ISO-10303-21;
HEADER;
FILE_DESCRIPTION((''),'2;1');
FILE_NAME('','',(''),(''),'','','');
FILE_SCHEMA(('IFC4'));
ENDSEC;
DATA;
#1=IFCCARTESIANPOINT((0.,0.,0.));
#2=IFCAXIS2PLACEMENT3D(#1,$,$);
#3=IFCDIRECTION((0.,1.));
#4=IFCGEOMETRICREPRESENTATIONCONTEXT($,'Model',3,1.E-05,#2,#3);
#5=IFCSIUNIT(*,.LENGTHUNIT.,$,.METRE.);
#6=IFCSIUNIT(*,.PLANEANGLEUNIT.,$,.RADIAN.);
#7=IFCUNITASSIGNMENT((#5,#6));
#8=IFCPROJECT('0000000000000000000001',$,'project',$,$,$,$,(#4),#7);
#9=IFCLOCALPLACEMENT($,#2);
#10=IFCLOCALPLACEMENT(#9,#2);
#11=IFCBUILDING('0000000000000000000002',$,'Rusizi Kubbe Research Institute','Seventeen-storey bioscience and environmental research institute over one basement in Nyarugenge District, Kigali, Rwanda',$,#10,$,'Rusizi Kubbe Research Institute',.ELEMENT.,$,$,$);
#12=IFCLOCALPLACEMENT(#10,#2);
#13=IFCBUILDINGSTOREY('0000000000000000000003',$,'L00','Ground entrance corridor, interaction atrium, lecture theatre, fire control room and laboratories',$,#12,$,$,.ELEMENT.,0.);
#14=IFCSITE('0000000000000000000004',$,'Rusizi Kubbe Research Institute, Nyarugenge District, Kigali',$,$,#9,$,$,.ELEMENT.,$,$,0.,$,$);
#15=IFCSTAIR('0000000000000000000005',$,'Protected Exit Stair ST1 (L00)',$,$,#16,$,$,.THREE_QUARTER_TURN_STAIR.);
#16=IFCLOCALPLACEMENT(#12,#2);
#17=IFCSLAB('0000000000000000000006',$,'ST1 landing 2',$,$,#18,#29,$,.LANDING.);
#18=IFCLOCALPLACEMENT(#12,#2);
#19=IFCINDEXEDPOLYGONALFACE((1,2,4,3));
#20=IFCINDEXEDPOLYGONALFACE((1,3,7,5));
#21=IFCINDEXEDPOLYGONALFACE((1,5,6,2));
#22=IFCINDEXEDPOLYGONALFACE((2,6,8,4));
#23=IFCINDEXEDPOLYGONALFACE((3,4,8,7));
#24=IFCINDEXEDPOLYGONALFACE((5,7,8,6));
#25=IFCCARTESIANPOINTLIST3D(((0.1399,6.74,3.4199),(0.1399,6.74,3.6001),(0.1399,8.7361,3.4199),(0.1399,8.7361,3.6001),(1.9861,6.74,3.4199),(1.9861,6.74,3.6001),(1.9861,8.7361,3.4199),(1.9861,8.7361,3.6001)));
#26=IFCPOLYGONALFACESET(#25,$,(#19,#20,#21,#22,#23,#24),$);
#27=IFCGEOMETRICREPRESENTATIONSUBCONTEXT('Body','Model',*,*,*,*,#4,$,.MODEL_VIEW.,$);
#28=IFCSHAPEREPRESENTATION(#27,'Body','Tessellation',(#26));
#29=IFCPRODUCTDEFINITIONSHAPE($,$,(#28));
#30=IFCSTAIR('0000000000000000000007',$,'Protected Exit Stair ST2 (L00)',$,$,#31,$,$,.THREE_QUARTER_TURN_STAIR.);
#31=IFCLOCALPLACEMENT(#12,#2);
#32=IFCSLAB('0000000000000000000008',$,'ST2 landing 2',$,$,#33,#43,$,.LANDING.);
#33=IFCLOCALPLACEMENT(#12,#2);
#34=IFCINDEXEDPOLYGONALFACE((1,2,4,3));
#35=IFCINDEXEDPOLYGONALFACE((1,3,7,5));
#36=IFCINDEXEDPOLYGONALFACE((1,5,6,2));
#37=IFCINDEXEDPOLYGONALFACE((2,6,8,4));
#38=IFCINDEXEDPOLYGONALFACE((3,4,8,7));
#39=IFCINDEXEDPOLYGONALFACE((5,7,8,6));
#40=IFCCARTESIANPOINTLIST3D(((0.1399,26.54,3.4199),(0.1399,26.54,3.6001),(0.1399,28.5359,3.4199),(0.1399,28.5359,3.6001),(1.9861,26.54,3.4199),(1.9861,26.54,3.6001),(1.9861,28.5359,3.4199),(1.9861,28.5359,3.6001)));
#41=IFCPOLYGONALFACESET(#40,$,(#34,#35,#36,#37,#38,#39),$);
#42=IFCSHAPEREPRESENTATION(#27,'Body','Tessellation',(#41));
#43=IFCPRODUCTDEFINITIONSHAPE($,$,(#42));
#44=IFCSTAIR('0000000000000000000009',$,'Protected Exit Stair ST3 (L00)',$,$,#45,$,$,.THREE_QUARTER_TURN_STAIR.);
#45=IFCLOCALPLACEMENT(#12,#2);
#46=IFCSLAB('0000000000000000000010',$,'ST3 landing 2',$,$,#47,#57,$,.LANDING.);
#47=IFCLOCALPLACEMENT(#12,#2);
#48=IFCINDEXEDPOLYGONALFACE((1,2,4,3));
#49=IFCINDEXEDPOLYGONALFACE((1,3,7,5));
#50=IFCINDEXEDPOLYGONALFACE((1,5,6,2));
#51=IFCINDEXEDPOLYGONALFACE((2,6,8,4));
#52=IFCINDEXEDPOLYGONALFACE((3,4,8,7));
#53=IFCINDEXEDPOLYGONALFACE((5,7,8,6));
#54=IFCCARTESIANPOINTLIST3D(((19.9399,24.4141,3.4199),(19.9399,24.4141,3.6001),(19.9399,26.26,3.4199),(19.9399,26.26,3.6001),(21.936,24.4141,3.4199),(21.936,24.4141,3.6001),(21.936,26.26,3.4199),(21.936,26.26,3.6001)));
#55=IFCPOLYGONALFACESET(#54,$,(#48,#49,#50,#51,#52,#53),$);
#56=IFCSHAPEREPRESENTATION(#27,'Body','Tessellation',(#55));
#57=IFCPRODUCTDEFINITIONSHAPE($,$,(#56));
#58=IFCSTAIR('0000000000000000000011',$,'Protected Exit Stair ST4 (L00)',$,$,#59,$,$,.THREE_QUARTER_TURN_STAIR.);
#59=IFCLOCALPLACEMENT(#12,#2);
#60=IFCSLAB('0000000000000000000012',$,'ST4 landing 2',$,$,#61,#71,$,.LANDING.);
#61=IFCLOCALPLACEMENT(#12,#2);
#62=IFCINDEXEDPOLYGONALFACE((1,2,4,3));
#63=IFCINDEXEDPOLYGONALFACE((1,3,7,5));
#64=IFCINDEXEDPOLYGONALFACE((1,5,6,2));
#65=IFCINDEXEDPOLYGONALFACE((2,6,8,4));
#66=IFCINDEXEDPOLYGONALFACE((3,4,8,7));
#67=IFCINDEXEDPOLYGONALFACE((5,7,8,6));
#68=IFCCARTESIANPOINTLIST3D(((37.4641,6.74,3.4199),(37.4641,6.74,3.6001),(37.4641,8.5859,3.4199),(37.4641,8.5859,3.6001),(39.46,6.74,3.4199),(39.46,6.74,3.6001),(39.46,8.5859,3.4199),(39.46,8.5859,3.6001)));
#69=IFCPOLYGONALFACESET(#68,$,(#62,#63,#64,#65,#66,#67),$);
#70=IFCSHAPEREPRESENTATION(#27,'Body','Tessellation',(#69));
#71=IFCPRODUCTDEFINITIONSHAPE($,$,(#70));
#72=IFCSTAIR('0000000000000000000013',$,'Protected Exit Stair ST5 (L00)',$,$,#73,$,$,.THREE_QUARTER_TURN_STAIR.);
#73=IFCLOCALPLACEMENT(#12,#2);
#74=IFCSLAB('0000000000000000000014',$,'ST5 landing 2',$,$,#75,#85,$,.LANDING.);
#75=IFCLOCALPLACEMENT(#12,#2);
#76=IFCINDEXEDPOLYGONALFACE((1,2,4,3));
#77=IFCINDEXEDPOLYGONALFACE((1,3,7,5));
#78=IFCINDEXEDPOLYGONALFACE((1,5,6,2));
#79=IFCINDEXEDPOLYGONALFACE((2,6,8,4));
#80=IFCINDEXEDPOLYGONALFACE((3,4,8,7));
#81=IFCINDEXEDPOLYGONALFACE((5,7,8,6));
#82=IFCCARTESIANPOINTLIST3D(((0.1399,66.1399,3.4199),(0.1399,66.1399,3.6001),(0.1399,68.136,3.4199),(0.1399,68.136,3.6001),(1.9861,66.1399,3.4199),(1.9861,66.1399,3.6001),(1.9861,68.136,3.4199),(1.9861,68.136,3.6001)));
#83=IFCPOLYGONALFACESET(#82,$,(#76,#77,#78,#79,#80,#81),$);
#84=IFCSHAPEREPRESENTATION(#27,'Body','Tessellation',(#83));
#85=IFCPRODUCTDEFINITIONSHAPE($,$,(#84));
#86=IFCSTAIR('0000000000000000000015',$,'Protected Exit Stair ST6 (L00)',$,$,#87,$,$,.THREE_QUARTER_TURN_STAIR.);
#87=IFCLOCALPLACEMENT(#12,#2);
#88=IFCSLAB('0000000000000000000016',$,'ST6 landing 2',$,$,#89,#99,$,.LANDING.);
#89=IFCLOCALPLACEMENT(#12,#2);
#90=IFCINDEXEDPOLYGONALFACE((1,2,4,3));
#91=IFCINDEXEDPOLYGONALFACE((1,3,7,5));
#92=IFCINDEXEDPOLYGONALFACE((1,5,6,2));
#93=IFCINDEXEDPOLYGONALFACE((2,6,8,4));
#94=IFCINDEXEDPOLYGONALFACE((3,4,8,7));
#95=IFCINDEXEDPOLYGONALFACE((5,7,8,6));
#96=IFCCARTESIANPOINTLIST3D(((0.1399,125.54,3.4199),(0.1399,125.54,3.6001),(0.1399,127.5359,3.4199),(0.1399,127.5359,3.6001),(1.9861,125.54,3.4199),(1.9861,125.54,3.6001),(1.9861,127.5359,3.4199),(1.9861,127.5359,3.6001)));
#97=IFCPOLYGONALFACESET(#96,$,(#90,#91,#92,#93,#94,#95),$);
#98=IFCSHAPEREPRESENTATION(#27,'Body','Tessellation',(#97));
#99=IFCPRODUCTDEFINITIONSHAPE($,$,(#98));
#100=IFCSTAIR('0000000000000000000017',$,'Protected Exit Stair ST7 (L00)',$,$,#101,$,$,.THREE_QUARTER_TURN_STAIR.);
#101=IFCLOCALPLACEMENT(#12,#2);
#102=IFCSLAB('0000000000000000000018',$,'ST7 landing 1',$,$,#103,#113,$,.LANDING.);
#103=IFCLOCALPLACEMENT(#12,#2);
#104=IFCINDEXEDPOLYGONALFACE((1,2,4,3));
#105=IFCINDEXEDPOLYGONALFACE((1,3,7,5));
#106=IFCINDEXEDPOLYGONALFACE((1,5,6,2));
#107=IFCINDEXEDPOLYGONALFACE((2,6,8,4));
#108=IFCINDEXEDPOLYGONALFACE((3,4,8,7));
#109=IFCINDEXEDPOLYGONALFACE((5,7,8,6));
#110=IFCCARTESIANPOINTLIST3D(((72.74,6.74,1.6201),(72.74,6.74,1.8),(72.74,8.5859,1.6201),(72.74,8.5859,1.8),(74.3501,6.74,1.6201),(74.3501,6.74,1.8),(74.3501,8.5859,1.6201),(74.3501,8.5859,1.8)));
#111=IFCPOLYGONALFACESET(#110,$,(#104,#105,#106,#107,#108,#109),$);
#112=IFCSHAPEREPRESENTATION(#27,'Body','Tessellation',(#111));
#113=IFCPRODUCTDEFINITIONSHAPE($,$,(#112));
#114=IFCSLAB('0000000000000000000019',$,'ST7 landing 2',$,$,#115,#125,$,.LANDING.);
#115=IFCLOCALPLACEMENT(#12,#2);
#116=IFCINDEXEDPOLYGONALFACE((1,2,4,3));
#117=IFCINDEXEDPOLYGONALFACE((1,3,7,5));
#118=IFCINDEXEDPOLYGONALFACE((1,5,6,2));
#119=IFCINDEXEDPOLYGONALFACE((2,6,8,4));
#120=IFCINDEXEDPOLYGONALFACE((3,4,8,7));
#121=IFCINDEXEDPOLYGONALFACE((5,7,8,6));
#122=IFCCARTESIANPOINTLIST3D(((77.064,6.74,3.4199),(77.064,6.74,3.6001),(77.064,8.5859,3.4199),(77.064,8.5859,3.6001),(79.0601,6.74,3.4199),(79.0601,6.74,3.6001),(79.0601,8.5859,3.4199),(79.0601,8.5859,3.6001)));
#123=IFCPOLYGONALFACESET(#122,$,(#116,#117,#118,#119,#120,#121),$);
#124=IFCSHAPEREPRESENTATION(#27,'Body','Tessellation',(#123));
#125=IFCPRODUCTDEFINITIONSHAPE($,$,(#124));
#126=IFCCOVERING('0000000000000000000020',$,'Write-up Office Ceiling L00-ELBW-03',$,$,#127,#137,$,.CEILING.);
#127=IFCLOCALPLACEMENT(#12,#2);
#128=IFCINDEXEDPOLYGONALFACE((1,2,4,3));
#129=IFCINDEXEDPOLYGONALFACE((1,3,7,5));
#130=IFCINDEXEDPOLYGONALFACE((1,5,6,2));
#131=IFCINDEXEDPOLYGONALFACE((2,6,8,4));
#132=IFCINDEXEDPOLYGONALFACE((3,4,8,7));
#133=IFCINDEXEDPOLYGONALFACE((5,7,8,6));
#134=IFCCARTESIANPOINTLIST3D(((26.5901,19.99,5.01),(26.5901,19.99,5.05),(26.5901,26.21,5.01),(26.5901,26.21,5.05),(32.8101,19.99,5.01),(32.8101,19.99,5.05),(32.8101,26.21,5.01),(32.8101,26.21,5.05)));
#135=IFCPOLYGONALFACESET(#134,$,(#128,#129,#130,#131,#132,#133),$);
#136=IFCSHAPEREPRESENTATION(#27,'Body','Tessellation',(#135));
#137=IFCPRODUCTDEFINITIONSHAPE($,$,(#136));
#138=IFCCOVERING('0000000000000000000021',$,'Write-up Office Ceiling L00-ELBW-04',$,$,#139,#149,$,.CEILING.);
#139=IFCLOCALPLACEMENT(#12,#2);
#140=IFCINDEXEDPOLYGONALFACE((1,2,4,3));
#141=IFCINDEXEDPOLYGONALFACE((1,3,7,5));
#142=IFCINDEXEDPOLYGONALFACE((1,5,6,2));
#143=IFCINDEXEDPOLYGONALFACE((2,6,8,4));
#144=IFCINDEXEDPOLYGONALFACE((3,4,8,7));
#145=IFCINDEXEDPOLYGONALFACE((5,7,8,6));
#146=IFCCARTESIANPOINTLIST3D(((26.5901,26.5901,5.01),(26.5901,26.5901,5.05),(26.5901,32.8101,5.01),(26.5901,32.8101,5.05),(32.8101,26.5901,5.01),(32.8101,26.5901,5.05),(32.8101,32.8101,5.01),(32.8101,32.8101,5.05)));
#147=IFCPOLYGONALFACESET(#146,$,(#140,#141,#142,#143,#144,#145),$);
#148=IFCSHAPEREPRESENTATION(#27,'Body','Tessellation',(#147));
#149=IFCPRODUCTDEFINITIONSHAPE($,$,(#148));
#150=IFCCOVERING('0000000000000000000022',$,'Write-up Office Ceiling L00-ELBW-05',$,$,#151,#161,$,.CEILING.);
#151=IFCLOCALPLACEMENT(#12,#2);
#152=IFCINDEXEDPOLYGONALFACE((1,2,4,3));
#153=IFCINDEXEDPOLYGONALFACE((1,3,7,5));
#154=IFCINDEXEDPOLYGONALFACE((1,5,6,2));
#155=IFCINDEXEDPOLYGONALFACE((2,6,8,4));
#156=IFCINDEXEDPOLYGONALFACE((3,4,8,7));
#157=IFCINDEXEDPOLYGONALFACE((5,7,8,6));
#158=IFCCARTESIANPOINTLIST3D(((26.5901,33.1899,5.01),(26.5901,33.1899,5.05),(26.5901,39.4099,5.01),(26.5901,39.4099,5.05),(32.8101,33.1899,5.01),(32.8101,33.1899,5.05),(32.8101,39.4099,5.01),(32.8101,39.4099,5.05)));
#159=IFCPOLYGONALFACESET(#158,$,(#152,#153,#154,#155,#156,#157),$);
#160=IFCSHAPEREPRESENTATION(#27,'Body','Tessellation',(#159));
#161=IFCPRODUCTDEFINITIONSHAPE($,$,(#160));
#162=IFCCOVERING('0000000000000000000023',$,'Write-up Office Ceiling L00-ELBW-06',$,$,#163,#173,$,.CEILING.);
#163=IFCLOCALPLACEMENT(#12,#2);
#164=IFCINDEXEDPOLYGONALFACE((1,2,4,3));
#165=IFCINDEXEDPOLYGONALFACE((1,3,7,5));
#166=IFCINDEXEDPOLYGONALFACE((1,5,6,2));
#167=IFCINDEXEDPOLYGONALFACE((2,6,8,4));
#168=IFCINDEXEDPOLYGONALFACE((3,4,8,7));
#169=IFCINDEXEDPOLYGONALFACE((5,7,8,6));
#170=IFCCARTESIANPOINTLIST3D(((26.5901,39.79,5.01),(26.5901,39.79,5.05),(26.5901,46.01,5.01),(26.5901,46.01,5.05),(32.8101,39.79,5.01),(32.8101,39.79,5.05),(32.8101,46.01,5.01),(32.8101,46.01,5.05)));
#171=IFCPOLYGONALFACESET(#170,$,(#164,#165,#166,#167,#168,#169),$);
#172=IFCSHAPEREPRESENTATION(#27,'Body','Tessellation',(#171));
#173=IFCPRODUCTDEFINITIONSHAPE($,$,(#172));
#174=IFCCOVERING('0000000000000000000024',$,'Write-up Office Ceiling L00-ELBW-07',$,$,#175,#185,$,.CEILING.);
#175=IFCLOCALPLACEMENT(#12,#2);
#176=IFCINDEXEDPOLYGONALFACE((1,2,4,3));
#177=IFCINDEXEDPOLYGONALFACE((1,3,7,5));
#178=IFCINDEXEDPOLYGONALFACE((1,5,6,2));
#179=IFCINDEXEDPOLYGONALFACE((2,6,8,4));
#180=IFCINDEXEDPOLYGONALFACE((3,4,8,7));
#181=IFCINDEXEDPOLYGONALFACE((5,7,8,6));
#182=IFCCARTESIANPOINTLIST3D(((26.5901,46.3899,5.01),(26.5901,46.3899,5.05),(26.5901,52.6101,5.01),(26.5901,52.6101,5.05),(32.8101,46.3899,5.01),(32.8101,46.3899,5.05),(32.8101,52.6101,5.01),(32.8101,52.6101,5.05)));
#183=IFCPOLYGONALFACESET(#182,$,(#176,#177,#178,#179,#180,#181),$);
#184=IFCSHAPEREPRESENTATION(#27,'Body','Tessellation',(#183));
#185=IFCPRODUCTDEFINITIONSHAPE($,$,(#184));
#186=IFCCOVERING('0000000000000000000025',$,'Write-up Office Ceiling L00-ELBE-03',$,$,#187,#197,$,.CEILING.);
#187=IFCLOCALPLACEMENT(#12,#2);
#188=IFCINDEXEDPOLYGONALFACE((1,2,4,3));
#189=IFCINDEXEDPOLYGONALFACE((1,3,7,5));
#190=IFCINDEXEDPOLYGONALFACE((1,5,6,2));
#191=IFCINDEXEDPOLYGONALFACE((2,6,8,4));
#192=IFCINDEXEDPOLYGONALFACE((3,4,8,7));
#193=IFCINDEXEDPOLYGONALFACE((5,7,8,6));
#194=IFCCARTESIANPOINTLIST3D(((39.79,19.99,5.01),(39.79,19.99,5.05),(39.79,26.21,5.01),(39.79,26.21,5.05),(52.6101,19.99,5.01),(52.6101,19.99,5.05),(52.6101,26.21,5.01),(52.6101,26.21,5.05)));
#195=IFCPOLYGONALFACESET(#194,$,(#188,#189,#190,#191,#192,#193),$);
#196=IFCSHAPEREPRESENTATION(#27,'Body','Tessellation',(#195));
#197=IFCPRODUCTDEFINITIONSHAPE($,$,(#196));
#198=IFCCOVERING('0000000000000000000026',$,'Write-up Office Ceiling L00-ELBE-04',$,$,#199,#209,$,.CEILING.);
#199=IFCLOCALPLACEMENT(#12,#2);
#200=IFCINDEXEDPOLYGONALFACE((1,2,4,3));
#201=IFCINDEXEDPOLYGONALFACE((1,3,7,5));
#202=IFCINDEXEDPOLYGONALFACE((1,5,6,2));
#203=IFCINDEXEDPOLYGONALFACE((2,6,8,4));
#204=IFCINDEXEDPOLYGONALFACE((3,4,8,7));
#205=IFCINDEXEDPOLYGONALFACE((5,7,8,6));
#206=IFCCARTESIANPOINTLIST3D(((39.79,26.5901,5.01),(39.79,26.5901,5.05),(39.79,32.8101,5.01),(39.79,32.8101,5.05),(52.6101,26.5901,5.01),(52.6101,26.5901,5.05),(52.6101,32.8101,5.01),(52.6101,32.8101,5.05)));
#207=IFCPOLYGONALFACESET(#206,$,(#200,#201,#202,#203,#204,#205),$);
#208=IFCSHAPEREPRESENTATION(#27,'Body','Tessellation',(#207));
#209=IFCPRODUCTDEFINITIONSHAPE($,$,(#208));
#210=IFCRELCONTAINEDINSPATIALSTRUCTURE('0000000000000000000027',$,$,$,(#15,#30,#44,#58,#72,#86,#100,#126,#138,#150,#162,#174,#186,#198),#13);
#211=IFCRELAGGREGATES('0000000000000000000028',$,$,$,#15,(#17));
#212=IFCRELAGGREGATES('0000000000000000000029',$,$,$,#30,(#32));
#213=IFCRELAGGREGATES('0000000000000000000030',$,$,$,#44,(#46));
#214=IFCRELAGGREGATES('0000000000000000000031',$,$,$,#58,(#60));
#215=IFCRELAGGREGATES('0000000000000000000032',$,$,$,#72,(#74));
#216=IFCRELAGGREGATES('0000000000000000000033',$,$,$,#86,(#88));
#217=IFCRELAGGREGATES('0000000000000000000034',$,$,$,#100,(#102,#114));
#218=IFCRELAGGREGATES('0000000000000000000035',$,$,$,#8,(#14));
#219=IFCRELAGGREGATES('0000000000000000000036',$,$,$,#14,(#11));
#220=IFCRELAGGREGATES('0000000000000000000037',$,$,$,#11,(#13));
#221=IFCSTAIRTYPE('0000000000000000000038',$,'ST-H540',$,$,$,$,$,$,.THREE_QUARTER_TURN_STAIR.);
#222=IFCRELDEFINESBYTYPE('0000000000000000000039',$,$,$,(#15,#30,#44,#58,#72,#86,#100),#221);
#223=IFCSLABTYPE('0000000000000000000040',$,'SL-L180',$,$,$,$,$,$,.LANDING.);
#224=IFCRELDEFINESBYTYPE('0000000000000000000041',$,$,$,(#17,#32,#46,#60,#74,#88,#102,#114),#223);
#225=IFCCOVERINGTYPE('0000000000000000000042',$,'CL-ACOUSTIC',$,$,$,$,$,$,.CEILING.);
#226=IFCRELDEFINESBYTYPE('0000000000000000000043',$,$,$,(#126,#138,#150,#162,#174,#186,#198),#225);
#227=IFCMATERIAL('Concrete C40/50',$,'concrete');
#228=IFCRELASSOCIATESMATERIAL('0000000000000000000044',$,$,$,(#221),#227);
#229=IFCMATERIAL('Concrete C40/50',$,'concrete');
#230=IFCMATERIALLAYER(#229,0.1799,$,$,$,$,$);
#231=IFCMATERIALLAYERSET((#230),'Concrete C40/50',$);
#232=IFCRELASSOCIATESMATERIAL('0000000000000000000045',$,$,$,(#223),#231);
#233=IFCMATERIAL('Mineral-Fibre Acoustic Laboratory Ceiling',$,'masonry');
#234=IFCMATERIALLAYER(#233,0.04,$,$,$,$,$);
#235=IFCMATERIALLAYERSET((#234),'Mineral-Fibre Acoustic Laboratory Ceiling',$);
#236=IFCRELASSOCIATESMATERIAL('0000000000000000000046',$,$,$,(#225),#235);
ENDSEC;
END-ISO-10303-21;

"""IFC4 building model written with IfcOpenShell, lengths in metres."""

from ifc_helpers import new_model, si_unit, direction, frame, origin, place, context, subcontext, project, spatial, polyline, outline, extrude, material, layer, layer_set, type_object, element, aggregate, save


model = new_model("IFC4")

# Units and contexts
model_context = context("Model", 3, precision=1e-05, world=origin(), true_north=direction((0.0, 1.0)))
body_context = subcontext(model_context, "Body", "Model", "MODEL_VIEW")
ifc_project = project(units=[si_unit("LENGTHUNIT", "METRE"), si_unit("PLANEANGLEUNIT", "RADIAN")], contexts=[model_context])

# Site, building, storey
site_placement = place(None, origin())
site = spatial("IfcSite", under=ifc_project, at=site_placement, Name="Rusizi Kubbe Research Institute, Nyarugenge District, Kigali", CompositionType="ELEMENT", RefElevation=0.0)
building_placement = place(site_placement, origin())
building = spatial("IfcBuilding", under=site, at=building_placement, Name="Rusizi Kubbe Research Institute", Description="Seventeen-storey bioscience and environmental research institute over one basement in Nyarugenge District, Kigali, Rwanda", LongName="Rusizi Kubbe Research Institute", CompositionType="ELEMENT")
storey_placement = place(building_placement, origin())
storey = spatial("IfcBuildingStorey", under=building, at=storey_placement, Name="L00", Description="Ground entrance corridor, interaction atrium, lecture theatre, fire control room and laboratories", CompositionType="ELEMENT", Elevation=0.0)

# Stairs, slabs
ifc_material_1 = material(Name="Concrete C40/50", Category="concrete")
stair_type = type_object("IfcStairType", Name="ST-H540", PredefinedType="THREE_QUARTER_TURN_STAIR", material=ifc_material_1)
stair_1_placement = place(storey_placement, origin())
stair_1 = element("IfcStair", 1, at=stair_1_placement, inside=storey, type_object=stair_type, Name="Protected Exit Stair ST1 (L00)", PredefinedType="THREE_QUARTER_TURN_STAIR")
ifc_material_2 = material(Name="Concrete C40/50", Category="concrete")
ifc_layer_1 = layer(ifc_material_2, 0.1799)
ifc_layer_set_1 = layer_set([ifc_layer_1], Name="Concrete C40/50")
slab_type = type_object("IfcSlabType", Name="SL-L180", PredefinedType="LANDING", material=ifc_layer_set_1)
slab_1_placement = place(storey_placement, frame((0.0, 0.0, 3.4199)))
slab_1 = element("IfcSlab", 2, at=slab_1_placement, type_object=slab_type, Name="ST1 landing 2", PredefinedType="LANDING", context=body_context, shape_type="SweptSolid", body=[
    extrude(outline(polyline([(1.9861, 8.7361), (0.1399, 8.7361), (0.1399, 6.74), (1.9861, 6.74), (1.9861, 8.7361)])), origin(), (0.0, 0.0, 1.0), 0.1802),
])
aggregate(stair_1, [slab_1])
stair_2_placement = place(storey_placement, origin())
stair_2 = element("IfcStair", 3, at=stair_2_placement, inside=storey, type_object=stair_type, Name="Protected Exit Stair ST2 (L00)", PredefinedType="THREE_QUARTER_TURN_STAIR")
slab_2_placement = place(storey_placement, frame((0.0, 0.0, 3.4199)))
slab_2 = element("IfcSlab", 4, at=slab_2_placement, type_object=slab_type, Name="ST2 landing 2", PredefinedType="LANDING", context=body_context, shape_type="SweptSolid", body=[
    extrude(outline(polyline([(1.9861, 28.5359), (0.1399, 28.5359), (0.1399, 26.54), (1.9861, 26.54), (1.9861, 28.5359)])), origin(), (0.0, 0.0, 1.0), 0.1802),
])
aggregate(stair_2, [slab_2])
stair_3_placement = place(storey_placement, origin())
stair_3 = element("IfcStair", 5, at=stair_3_placement, inside=storey, type_object=stair_type, Name="Protected Exit Stair ST3 (L00)", PredefinedType="THREE_QUARTER_TURN_STAIR")
slab_3_placement = place(storey_placement, frame((0.0, 0.0, 3.4199)))
slab_3 = element("IfcSlab", 6, at=slab_3_placement, type_object=slab_type, Name="ST3 landing 2", PredefinedType="LANDING", context=body_context, shape_type="SweptSolid", body=[
    extrude(outline(polyline([(21.936, 24.4141), (21.936, 26.26), (19.9399, 26.26), (19.9399, 24.4141), (21.936, 24.4141)])), origin(), (0.0, 0.0, 1.0), 0.1802),
])
aggregate(stair_3, [slab_3])
stair_4_placement = place(storey_placement, origin())
stair_4 = element("IfcStair", 7, at=stair_4_placement, inside=storey, type_object=stair_type, Name="Protected Exit Stair ST4 (L00)", PredefinedType="THREE_QUARTER_TURN_STAIR")
slab_4_placement = place(storey_placement, frame((0.0, 0.0, 3.4199)))
slab_4 = element("IfcSlab", 8, at=slab_4_placement, type_object=slab_type, Name="ST4 landing 2", PredefinedType="LANDING", context=body_context, shape_type="SweptSolid", body=[
    extrude(outline(polyline([(37.4641, 8.5859), (37.4641, 6.74), (39.46, 6.74), (39.46, 8.5859), (37.4641, 8.5859)])), origin(), (0.0, 0.0, 1.0), 0.1802),
])
aggregate(stair_4, [slab_4])
stair_5_placement = place(storey_placement, origin())
stair_5 = element("IfcStair", 9, at=stair_5_placement, inside=storey, type_object=stair_type, Name="Protected Exit Stair ST5 (L00)", PredefinedType="THREE_QUARTER_TURN_STAIR")
slab_5_placement = place(storey_placement, frame((0.0, 0.0, 3.4199)))
slab_5 = element("IfcSlab", 10, at=slab_5_placement, type_object=slab_type, Name="ST5 landing 2", PredefinedType="LANDING", context=body_context, shape_type="SweptSolid", body=[
    extrude(outline(polyline([(1.9861, 68.136), (0.1399, 68.136), (0.1399, 66.1399), (1.9861, 66.1399), (1.9861, 68.136)])), origin(), (0.0, 0.0, 1.0), 0.1802),
])
aggregate(stair_5, [slab_5])
stair_6_placement = place(storey_placement, origin())
stair_6 = element("IfcStair", 11, at=stair_6_placement, inside=storey, type_object=stair_type, Name="Protected Exit Stair ST6 (L00)", PredefinedType="THREE_QUARTER_TURN_STAIR")
slab_6_placement = place(storey_placement, frame((0.0, 0.0, 3.4199)))
slab_6 = element("IfcSlab", 12, at=slab_6_placement, type_object=slab_type, Name="ST6 landing 2", PredefinedType="LANDING", context=body_context, shape_type="SweptSolid", body=[
    extrude(outline(polyline([(1.9861, 127.5359), (0.1399, 127.5359), (0.1399, 125.54), (1.9861, 125.54), (1.9861, 127.5359)])), origin(), (0.0, 0.0, 1.0), 0.1802),
])
aggregate(stair_6, [slab_6])

# Stair, slabs
stair_7_placement = place(storey_placement, origin())
stair_7 = element("IfcStair", 13, at=stair_7_placement, inside=storey, type_object=stair_type, Name="Protected Exit Stair ST7 (L00)", PredefinedType="THREE_QUARTER_TURN_STAIR")
slab_7_placement = place(storey_placement, frame((0.0, 0.0, 1.6201)))
slab_7 = element("IfcSlab", 14, at=slab_7_placement, type_object=slab_type, Name="ST7 landing 1", PredefinedType="LANDING", context=body_context, shape_type="SweptSolid", body=[
    extrude(outline(polyline([(72.74, 8.5859), (72.74, 6.74), (74.3501, 6.74), (74.3501, 8.5859), (72.74, 8.5859)])), origin(), (0.0, 0.0, 1.0), 0.1799),
])
slab_8_placement = place(storey_placement, frame((0.0, 0.0, 3.4199)))
slab_8 = element("IfcSlab", 15, at=slab_8_placement, type_object=slab_type, Name="ST7 landing 2", PredefinedType="LANDING", context=body_context, shape_type="SweptSolid", body=[
    extrude(outline(polyline([(77.064, 8.5859), (77.064, 6.74), (79.0601, 6.74), (79.0601, 8.5859), (77.064, 8.5859)])), origin(), (0.0, 0.0, 1.0), 0.1802),
])
aggregate(stair_7, [slab_7, slab_8])

# Coverings
ifc_material_3 = material(Name="Mineral-Fibre Acoustic Laboratory Ceiling", Category="masonry")
ifc_layer_2 = layer(ifc_material_3, 0.04)
ifc_layer_set_2 = layer_set([ifc_layer_2], Name="Mineral-Fibre Acoustic Laboratory Ceiling")
covering_type_1 = type_object("IfcCoveringType", Name="CL-ACOUSTIC", PredefinedType="CEILING", material=ifc_layer_set_2)
covering_1_placement = place(storey_placement, frame((0.0, 0.0, 5.01)))
element("IfcCovering", 16, at=covering_1_placement, inside=storey, type_object=covering_type_1, Name="Write-up Office Ceiling L00-ELBW-03", PredefinedType="CEILING", context=body_context, shape_type="SweptSolid", body=[
    extrude(outline(polyline([(26.5901, 19.99), (32.8101, 19.99), (32.8101, 26.21), (26.5901, 26.21), (26.5901, 19.99)])), origin(), (0.0, 0.0, 1.0), 0.04),
])
covering_2_placement = place(storey_placement, frame((0.0, 0.0, 5.01)))
element("IfcCovering", 17, at=covering_2_placement, inside=storey, type_object=covering_type_1, Name="Write-up Office Ceiling L00-ELBW-04", PredefinedType="CEILING", context=body_context, shape_type="SweptSolid", body=[
    extrude(outline(polyline([(26.5901, 26.5901), (32.8101, 26.5901), (32.8101, 32.8101), (26.5901, 32.8101), (26.5901, 26.5901)])), origin(), (0.0, 0.0, 1.0), 0.04),
])
covering_3_placement = place(storey_placement, frame((0.0, 0.0, 5.01)))
element("IfcCovering", 18, at=covering_3_placement, inside=storey, type_object=covering_type_1, Name="Write-up Office Ceiling L00-ELBW-05", PredefinedType="CEILING", context=body_context, shape_type="SweptSolid", body=[
    extrude(outline(polyline([(26.5901, 33.1899), (32.8101, 33.1899), (32.8101, 39.4099), (26.5901, 39.4099), (26.5901, 33.1899)])), origin(), (0.0, 0.0, 1.0), 0.04),
])
covering_4_placement = place(storey_placement, frame((0.0, 0.0, 5.01)))
element("IfcCovering", 19, at=covering_4_placement, inside=storey, type_object=covering_type_1, Name="Write-up Office Ceiling L00-ELBW-06", PredefinedType="CEILING", context=body_context, shape_type="SweptSolid", body=[
    extrude(outline(polyline([(26.5901, 39.79), (32.8101, 39.79), (32.8101, 46.01), (26.5901, 46.01), (26.5901, 39.79)])), origin(), (0.0, 0.0, 1.0), 0.04),
])
covering_5_placement = place(storey_placement, frame((0.0, 0.0, 5.01)))
element("IfcCovering", 20, at=covering_5_placement, inside=storey, type_object=covering_type_1, Name="Write-up Office Ceiling L00-ELBW-07", PredefinedType="CEILING", context=body_context, shape_type="SweptSolid", body=[
    extrude(outline(polyline([(26.5901, 46.3899), (32.8101, 46.3899), (32.8101, 52.6101), (26.5901, 52.6101), (26.5901, 46.3899)])), origin(), (0.0, 0.0, 1.0), 0.04),
])
covering_6_placement = place(storey_placement, frame((0.0, 0.0, 5.01)))
element("IfcCovering", 21, at=covering_6_placement, inside=storey, type_object=covering_type_1, Name="Write-up Office Ceiling L00-ELBE-03", PredefinedType="CEILING", context=body_context, shape_type="SweptSolid", body=[
    extrude(outline(polyline([(39.79, 19.99), (52.6101, 19.99), (52.6101, 26.21), (39.79, 26.21), (39.79, 19.99)])), origin(), (0.0, 0.0, 1.0), 0.04),
])
covering_7_placement = place(storey_placement, frame((0.0, 0.0, 5.01)))
element("IfcCovering", 22, at=covering_7_placement, inside=storey, type_object=covering_type_1, Name="Write-up Office Ceiling L00-ELBE-04", PredefinedType="CEILING", context=body_context, shape_type="SweptSolid", body=[
    extrude(outline(polyline([(39.79, 26.5901), (52.6101, 26.5901), (52.6101, 32.8101), (39.79, 32.8101), (39.79, 26.5901)])), origin(), (0.0, 0.0, 1.0), 0.04),
])

save(model, "model.ifc")
